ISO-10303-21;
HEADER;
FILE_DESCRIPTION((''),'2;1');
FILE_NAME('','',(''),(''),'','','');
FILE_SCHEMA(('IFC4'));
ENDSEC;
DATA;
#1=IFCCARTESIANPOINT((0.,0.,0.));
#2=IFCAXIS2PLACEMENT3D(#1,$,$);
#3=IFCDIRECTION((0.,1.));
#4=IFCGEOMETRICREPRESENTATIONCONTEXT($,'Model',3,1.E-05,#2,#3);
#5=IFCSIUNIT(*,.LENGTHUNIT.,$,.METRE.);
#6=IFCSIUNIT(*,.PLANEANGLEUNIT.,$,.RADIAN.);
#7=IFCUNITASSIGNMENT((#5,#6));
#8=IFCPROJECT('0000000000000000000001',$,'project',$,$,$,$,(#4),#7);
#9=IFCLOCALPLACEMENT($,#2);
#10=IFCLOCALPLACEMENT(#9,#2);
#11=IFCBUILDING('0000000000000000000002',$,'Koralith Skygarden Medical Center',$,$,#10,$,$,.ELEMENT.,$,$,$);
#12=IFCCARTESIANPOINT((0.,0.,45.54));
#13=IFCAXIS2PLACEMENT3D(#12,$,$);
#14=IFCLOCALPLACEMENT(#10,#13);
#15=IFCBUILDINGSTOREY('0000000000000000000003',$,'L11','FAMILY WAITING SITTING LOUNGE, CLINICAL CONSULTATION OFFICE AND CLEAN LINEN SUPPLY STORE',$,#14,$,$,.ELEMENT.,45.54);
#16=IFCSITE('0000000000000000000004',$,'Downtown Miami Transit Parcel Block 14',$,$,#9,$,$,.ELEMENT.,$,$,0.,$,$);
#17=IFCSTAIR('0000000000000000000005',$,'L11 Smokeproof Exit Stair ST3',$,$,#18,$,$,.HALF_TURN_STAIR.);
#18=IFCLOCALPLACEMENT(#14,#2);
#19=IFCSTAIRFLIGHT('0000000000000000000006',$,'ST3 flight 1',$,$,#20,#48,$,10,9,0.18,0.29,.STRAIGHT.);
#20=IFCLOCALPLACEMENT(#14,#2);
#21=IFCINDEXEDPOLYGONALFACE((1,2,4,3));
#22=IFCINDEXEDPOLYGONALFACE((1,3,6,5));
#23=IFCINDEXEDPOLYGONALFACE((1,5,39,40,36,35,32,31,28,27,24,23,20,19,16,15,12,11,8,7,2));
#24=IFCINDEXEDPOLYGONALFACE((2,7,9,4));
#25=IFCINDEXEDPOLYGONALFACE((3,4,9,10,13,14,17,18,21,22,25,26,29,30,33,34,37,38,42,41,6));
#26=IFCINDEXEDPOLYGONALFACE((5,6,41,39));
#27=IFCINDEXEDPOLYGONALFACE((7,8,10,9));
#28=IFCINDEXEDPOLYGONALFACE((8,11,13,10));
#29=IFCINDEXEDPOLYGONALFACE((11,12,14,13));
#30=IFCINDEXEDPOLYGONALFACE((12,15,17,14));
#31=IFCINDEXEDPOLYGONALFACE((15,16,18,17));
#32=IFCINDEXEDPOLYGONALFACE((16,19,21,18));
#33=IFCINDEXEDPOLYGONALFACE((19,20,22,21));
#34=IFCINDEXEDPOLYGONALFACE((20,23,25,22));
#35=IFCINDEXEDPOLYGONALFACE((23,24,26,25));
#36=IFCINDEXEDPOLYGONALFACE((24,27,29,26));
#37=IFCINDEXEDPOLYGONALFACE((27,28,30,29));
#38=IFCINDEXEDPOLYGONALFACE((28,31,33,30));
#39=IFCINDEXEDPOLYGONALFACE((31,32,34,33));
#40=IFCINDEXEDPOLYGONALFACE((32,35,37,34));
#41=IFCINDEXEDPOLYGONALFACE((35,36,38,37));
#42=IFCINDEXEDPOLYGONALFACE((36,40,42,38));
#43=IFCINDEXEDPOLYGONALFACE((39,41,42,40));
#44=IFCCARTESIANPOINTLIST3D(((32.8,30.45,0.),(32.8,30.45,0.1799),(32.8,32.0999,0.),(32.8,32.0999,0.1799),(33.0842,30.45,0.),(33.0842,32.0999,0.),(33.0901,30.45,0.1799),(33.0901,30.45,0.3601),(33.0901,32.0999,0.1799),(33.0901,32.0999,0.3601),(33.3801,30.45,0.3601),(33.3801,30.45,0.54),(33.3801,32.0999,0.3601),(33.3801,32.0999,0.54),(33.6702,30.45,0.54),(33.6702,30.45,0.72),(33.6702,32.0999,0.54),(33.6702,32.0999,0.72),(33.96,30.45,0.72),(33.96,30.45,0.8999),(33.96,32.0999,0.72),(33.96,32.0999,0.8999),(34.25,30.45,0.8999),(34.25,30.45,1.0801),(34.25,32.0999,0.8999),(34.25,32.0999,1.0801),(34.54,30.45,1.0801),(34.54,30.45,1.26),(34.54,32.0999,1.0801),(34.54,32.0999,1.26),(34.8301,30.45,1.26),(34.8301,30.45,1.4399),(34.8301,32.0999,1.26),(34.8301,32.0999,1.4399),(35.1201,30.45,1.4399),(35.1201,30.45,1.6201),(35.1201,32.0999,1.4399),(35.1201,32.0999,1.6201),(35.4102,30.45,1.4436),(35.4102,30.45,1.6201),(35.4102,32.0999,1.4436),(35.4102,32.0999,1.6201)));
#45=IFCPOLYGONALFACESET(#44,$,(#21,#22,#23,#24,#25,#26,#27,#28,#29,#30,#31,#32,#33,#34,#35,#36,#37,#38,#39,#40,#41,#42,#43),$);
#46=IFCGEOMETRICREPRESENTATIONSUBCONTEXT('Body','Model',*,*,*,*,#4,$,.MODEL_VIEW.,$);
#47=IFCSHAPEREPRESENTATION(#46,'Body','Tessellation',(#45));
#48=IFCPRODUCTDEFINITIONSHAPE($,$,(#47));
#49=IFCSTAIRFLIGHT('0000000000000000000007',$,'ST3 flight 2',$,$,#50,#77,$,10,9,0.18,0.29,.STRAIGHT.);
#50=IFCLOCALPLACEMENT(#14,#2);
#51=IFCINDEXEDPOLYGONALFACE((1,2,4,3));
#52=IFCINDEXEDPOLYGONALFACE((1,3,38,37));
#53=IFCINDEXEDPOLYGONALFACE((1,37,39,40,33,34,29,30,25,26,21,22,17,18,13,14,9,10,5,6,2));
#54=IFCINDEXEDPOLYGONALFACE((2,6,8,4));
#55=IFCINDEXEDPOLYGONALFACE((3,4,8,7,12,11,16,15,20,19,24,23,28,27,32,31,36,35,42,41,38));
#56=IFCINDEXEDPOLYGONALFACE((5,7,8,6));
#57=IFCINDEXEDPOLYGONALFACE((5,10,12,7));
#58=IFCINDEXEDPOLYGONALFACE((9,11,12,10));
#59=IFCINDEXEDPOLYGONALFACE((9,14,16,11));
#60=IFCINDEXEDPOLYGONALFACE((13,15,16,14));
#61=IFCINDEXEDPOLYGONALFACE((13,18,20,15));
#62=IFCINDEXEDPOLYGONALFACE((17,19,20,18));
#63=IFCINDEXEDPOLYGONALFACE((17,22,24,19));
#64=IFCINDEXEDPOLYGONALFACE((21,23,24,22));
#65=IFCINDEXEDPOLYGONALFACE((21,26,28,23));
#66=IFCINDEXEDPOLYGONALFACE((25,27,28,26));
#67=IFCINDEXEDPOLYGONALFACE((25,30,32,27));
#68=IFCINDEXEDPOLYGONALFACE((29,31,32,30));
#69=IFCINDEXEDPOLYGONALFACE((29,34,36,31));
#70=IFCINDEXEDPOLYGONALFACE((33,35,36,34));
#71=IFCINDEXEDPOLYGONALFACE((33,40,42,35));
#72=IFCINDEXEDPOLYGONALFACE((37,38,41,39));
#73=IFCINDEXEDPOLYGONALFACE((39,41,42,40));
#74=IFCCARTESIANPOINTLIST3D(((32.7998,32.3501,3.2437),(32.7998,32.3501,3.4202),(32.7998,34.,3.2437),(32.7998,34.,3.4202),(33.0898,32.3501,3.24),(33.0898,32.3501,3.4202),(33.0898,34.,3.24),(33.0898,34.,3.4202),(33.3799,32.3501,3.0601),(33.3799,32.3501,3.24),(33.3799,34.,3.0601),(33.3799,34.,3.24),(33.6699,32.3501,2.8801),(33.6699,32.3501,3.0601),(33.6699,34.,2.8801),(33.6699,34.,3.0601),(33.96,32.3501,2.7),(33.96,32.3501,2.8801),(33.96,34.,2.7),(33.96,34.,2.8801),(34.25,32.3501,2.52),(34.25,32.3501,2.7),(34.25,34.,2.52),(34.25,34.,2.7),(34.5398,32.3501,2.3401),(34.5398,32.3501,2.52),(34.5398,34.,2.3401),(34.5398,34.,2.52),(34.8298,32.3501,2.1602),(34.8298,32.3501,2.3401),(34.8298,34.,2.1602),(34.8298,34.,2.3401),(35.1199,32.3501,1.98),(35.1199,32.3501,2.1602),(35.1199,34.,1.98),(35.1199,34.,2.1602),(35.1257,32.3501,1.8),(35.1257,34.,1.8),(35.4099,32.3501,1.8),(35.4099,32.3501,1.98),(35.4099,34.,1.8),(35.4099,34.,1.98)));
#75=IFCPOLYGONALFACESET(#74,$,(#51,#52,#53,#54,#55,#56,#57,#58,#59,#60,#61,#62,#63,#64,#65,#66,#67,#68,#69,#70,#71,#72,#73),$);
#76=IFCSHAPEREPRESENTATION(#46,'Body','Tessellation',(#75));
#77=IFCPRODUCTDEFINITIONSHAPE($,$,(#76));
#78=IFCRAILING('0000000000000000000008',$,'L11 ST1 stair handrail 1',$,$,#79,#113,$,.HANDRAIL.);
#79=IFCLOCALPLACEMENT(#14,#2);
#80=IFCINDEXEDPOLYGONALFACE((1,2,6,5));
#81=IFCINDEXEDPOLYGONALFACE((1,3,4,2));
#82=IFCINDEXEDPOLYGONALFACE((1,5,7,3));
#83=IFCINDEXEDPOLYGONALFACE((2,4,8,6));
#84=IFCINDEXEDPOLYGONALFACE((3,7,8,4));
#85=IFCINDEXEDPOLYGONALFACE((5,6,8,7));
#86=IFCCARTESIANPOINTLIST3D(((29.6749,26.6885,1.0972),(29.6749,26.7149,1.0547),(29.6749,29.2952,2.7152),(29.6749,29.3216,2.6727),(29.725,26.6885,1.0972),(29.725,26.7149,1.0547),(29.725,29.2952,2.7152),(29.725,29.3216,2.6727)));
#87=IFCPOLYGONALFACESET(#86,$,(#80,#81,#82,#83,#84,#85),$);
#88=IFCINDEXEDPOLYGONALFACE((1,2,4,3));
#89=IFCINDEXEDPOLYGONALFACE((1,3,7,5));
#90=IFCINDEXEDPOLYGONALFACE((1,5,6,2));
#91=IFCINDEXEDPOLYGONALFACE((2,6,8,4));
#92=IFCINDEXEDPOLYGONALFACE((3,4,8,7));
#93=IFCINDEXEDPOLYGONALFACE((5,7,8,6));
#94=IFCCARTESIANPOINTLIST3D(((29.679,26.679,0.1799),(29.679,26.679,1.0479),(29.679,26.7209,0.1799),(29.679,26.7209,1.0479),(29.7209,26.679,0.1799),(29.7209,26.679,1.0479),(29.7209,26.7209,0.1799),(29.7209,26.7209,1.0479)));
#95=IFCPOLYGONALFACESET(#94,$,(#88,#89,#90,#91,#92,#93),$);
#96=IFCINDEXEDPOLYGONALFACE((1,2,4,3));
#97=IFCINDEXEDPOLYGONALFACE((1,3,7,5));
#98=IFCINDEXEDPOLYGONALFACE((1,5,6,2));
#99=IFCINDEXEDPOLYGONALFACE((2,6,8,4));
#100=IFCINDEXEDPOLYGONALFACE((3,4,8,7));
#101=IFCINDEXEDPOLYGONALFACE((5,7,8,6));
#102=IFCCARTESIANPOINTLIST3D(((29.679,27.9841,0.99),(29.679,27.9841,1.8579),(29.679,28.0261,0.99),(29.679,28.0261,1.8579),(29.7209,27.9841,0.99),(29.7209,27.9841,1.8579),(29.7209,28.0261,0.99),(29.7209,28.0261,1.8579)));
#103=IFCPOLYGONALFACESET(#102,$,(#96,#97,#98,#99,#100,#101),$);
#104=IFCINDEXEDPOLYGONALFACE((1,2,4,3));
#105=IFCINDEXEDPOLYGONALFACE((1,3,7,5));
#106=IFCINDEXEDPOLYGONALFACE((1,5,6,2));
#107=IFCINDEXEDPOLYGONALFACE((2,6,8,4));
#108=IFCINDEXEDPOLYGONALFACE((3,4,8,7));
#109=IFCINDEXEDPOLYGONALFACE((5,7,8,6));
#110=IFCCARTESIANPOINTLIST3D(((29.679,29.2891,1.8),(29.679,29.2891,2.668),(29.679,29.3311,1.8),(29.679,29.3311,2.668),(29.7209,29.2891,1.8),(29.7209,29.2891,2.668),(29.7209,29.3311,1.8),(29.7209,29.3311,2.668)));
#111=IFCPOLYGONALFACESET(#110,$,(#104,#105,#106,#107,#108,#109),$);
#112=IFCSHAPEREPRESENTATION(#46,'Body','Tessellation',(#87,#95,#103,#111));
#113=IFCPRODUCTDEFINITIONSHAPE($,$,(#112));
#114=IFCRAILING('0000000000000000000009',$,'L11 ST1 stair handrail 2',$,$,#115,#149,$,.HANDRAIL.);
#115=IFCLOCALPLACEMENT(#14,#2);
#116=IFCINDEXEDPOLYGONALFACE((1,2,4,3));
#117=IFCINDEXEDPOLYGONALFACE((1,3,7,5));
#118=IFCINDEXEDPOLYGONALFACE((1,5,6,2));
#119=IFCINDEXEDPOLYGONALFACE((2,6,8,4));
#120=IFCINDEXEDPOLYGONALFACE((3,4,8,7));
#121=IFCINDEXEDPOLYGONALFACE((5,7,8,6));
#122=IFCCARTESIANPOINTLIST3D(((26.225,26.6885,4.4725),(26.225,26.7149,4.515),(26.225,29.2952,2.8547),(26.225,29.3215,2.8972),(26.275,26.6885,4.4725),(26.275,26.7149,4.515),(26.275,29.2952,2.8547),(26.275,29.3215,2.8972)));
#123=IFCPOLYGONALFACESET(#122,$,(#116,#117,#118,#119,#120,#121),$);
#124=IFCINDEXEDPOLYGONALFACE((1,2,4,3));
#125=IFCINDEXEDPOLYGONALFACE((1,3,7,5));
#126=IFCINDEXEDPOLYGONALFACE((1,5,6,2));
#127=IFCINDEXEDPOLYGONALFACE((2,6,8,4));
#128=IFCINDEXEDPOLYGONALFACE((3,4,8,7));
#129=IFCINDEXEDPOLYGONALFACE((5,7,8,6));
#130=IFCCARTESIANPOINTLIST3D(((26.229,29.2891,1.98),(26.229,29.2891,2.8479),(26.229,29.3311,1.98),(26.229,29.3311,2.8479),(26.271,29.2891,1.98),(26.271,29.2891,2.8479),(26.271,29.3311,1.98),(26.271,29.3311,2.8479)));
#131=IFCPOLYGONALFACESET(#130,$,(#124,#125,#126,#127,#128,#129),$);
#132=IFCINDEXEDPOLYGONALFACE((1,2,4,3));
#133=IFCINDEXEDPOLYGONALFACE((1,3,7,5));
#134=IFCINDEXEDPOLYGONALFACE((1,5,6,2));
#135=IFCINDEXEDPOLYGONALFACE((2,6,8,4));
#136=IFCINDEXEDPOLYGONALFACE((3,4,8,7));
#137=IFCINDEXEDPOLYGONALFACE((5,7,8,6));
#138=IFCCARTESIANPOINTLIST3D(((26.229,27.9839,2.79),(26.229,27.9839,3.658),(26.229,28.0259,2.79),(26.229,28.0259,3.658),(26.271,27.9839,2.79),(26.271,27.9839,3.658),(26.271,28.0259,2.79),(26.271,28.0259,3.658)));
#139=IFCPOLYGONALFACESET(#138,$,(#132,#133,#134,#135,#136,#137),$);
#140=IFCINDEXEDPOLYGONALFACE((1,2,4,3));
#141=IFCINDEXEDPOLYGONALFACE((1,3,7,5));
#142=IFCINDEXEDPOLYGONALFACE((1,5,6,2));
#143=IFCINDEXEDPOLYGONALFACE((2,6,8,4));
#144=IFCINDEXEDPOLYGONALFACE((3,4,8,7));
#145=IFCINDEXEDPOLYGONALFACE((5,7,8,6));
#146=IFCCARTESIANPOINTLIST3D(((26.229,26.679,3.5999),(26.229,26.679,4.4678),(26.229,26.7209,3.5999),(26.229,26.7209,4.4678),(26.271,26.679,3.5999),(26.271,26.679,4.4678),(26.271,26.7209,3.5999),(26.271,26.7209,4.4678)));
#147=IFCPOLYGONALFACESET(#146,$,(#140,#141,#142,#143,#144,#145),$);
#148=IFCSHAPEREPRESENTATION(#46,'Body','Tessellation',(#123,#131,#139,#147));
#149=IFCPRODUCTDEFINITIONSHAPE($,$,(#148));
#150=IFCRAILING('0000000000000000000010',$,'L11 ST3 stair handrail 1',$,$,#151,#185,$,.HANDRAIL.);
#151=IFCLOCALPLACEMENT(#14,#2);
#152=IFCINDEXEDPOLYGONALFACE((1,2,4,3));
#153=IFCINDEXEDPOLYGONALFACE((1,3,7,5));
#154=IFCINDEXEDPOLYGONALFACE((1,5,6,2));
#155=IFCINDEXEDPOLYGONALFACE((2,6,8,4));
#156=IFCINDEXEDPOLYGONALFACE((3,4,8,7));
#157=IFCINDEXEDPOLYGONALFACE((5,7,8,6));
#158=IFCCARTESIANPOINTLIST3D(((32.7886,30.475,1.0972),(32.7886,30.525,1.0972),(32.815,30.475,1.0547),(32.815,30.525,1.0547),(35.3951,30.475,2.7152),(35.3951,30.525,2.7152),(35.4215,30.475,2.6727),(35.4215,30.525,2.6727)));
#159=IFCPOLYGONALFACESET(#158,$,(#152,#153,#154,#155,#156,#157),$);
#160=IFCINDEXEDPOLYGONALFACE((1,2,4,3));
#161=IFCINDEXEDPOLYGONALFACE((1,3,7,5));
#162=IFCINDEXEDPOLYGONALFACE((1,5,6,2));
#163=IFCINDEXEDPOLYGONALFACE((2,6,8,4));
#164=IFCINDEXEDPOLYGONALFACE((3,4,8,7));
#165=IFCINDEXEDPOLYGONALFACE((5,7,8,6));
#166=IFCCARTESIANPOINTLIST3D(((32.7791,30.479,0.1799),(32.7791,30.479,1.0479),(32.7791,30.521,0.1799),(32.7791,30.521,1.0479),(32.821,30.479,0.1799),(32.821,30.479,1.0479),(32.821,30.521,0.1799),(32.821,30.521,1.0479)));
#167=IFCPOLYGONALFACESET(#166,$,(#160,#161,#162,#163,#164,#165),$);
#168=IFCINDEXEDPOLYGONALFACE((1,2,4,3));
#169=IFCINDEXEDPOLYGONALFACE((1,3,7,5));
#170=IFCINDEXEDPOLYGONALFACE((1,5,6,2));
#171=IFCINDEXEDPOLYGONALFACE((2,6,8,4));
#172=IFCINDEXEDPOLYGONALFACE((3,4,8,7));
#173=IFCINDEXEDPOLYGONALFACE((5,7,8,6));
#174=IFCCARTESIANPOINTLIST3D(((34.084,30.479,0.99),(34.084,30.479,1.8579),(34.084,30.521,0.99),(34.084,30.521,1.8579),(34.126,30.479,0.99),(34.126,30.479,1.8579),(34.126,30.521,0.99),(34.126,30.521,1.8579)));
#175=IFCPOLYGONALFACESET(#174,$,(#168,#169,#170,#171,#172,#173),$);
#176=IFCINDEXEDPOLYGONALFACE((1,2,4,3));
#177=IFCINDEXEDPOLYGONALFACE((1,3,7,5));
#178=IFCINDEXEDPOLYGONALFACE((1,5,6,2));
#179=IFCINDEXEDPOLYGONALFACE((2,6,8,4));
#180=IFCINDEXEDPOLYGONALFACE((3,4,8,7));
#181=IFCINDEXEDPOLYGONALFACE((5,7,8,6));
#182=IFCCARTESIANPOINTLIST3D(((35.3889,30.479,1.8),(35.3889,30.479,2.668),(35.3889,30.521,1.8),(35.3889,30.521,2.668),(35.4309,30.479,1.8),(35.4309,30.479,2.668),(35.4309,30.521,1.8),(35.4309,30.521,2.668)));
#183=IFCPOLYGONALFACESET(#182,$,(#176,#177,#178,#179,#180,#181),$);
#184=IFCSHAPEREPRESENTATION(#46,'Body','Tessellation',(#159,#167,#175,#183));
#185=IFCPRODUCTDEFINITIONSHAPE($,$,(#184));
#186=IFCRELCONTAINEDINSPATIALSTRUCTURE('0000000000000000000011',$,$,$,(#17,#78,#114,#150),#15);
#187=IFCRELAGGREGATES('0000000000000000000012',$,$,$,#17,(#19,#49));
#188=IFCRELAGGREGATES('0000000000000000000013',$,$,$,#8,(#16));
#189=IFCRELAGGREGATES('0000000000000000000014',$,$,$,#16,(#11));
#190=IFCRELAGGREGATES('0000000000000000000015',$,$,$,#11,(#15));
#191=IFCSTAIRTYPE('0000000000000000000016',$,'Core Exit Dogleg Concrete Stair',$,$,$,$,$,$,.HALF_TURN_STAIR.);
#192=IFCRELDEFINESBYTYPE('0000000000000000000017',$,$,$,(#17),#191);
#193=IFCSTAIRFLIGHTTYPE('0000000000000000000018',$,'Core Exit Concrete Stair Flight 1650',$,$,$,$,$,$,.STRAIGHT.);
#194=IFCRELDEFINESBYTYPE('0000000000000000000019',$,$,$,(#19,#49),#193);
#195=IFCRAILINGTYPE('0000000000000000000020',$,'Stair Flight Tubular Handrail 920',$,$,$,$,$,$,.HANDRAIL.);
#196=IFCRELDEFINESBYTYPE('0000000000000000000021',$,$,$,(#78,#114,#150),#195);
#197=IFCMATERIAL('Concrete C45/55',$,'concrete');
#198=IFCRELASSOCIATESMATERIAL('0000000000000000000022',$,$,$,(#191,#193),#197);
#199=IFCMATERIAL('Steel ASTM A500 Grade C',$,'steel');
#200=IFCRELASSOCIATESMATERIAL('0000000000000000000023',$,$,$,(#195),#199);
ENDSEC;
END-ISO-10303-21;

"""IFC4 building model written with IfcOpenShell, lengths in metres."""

from ifc_helpers import new_model, si_unit, direction, frame, origin, origin_2d, place, context, subcontext, project, spatial, polyline, rectangle, outline, extrude, material, type_object, element, aggregate, save


model = new_model("IFC4")

# Units and contexts
model_context = context("Model", 3, precision=1e-05, world=origin(), true_north=direction((0.0, 1.0)))
body_context = subcontext(model_context, "Body", "Model", "MODEL_VIEW")
ifc_project = project(units=[si_unit("LENGTHUNIT", "METRE"), si_unit("PLANEANGLEUNIT", "RADIAN")], contexts=[model_context])

# Site, building, storey
site_placement = place(None, origin())
site = spatial("IfcSite", under=ifc_project, at=site_placement, Name="Downtown Miami Transit Parcel Block 14", CompositionType="ELEMENT", RefElevation=0.0)
building_placement = place(site_placement, origin())
building = spatial("IfcBuilding", under=site, at=building_placement, Name="Koralith Skygarden Medical Center", CompositionType="ELEMENT")
storey_placement = place(building_placement, frame((0.0, 0.0, 45.54)))
storey = spatial("IfcBuildingStorey", under=building, at=storey_placement, Name="L11", Description="FAMILY WAITING SITTING LOUNGE, CLINICAL CONSULTATION OFFICE AND CLEAN LINEN SUPPLY STORE", CompositionType="ELEMENT", Elevation=45.54)

# Shared definitions
ifc_material_1 = material(Name="Concrete C45/55", Category="concrete")

# Stair, stair flights
stair_type = type_object("IfcStairType", Name="Core Exit Dogleg Concrete Stair", PredefinedType="HALF_TURN_STAIR", material=ifc_material_1)
stair_flight_type = type_object("IfcStairFlightType", Name="Core Exit Concrete Stair Flight 1650", PredefinedType="STRAIGHT", material=ifc_material_1)
stair_1_placement = place(storey_placement, origin())
stair_1 = element("IfcStair", 1, at=stair_1_placement, inside=storey, type_object=stair_type, Name="L11 Smokeproof Exit Stair ST3", PredefinedType="HALF_TURN_STAIR")
stair_flight_1_placement = place(storey_placement, frame((32.8, 31.2749, 0.0), z_axis=(0.0, 0.0, 1.0), x_axis=(1.0, 0.0, 0.0)))
stair_flight_1 = element("IfcStairFlight", 2, at=stair_flight_1_placement, type_object=stair_flight_type, Name="ST3 flight 1", NumberOfRisers=10, NumberOfTreads=9, PredefinedType="STRAIGHT", RiserHeight=0.18, TreadLength=0.29, context=body_context, shape_type="SweptSolid", body=[
    extrude(outline(polyline([(0.0, 0.0), (0.0, 0.1799), (0.29, 0.1799), (0.29, 0.3601), (0.5801, 0.3601), (0.5801, 0.54), (0.8701, 0.54), (0.8701, 0.72), (1.1599, 0.72), (1.1599, 0.8999), (1.45, 0.8999), (1.45, 1.0801), (1.74, 1.0801), (1.74, 1.26), (2.03, 1.26), (2.03, 1.4399), (2.3201, 1.4399), (2.3201, 1.6201), (2.6101, 1.6201), (2.6101, 1.8), (2.6101, 1.4436), (0.2842, 0.0), (0.0, 0.0)])), frame((0.0, 0.825, 0.0), z_axis=(0.0, -1.0, 0.0), x_axis=(1.0, 0.0, 0.0)), (0.0, 0.0, 1.0), 1.6499),
])
stair_flight_2_placement = place(storey_placement, frame((35.4099, 33.175, 1.8), z_axis=(0.0, 0.0, 1.0), x_axis=(-1.0, 0.0, 0.0)))
stair_flight_2 = element("IfcStairFlight", 3, at=stair_flight_2_placement, type_object=stair_flight_type, Name="ST3 flight 2", NumberOfRisers=10, NumberOfTreads=9, PredefinedType="STRAIGHT", RiserHeight=0.18, TreadLength=0.29, context=body_context, shape_type="SweptSolid", body=[
    extrude(outline(polyline([(0.0, 0.0), (0.0, 0.1799), (0.29, 0.1799), (0.29, 0.3601), (0.5801, 0.3601), (0.5801, 0.54), (0.8701, 0.54), (0.8701, 0.72), (1.1599, 0.72), (1.1599, 0.8999), (1.45, 0.8999), (1.45, 1.0801), (1.74, 1.0801), (1.74, 1.26), (2.03, 1.26), (2.03, 1.4399), (2.3201, 1.4399), (2.3201, 1.6201), (2.6101, 1.6201), (2.6101, 1.8), (2.6101, 1.4436), (0.2842, 0.0), (0.0, 0.0)])), frame((0.0, 0.825, 0.0), z_axis=(0.0, -1.0, 0.0), x_axis=(1.0, 0.0, 0.0)), (0.0, 0.0, 1.0), 1.6499),
])
aggregate(stair_1, [stair_flight_1, stair_flight_2])

# Railings
ifc_material_2 = material(Name="Steel ASTM A500 Grade C", Category="steel")
railing_type_1 = type_object("IfcRailingType", Name="Stair Flight Tubular Handrail 920", PredefinedType="HANDRAIL", material=ifc_material_2)
railing_1_placement = place(storey_placement, frame((29.7, 26.7, 0.1799)))
element("IfcRailing", 4, at=railing_1_placement, inside=storey, type_object=railing_type_1, Name="L11 ST1 stair handrail 1", PredefinedType="HANDRAIL", context=body_context, shape_type="SweptSolid", body=[
    extrude(rectangle(XDim=0.05, YDim=0.05, at=origin_2d()), frame((0.0, 0.0017, 0.896), z_axis=(0.0, 0.849633, 0.527375), x_axis=(-1.0, 0.0, 0.0)), (0.0, 0.0, 1.0), 3.0681),
    extrude(rectangle(XDim=0.042, YDim=0.042, at=origin_2d()), origin(), (0.0, 0.0, 1.0), 0.8679),
    extrude(rectangle(XDim=0.042, YDim=0.042, at=origin_2d()), frame((0.0, 1.3052, 0.8101)), (0.0, 0.0, 1.0), 0.8679),
    extrude(rectangle(XDim=0.042, YDim=0.042, at=origin_2d()), frame((0.0, 2.6101, 1.6201)), (0.0, 0.0, 1.0), 0.8679),
])
railing_2_placement = place(storey_placement, frame((26.25, 29.3101, 1.98)))
element("IfcRailing", 5, at=railing_2_placement, inside=storey, type_object=railing_type_1, Name="L11 ST1 stair handrail 2", PredefinedType="HANDRAIL", context=body_context, shape_type="SweptSolid", body=[
    extrude(rectangle(XDim=0.05, YDim=0.05, at=origin_2d()), frame((0.0, -0.0017, 0.896), z_axis=(0.0, -0.849668, 0.527317), x_axis=(1.0, 0.0, 0.0)), (0.0, 0.0, 1.0), 3.0679),
    extrude(rectangle(XDim=0.042, YDim=0.042, at=origin_2d()), origin(), (0.0, 0.0, 1.0), 0.8679),
    extrude(rectangle(XDim=0.042, YDim=0.042, at=origin_2d()), frame((0.0, -1.3052, 0.8101)), (0.0, 0.0, 1.0), 0.8679),
    extrude(rectangle(XDim=0.042, YDim=0.042, at=origin_2d()), frame((0.0, -2.6101, 1.6199)), (0.0, 0.0, 1.0), 0.8679),
])
railing_3_placement = place(storey_placement, frame((32.8, 30.5, 0.1799)))
element("IfcRailing", 6, at=railing_3_placement, inside=storey, type_object=railing_type_1, Name="L11 ST3 stair handrail 1", PredefinedType="HANDRAIL", context=body_context, shape_type="SweptSolid", body=[
    extrude(rectangle(XDim=0.05, YDim=0.05, at=origin_2d()), frame((0.0017, 0.0, 0.896), z_axis=(0.849611, 0.0, 0.52741), x_axis=(0.0, 1.0, 0.0)), (0.0, 0.0, 1.0), 3.0679),
    extrude(rectangle(XDim=0.042, YDim=0.042, at=origin_2d()), origin(), (0.0, 0.0, 1.0), 0.8679),
    extrude(rectangle(XDim=0.042, YDim=0.042, at=origin_2d()), frame((1.3049, 0.0, 0.8101)), (0.0, 0.0, 1.0), 0.8679),
    extrude(rectangle(XDim=0.042, YDim=0.042, at=origin_2d()), frame((2.6099, 0.0, 1.6201)), (0.0, 0.0, 1.0), 0.8679),
])

save(model, "model.ifc")
